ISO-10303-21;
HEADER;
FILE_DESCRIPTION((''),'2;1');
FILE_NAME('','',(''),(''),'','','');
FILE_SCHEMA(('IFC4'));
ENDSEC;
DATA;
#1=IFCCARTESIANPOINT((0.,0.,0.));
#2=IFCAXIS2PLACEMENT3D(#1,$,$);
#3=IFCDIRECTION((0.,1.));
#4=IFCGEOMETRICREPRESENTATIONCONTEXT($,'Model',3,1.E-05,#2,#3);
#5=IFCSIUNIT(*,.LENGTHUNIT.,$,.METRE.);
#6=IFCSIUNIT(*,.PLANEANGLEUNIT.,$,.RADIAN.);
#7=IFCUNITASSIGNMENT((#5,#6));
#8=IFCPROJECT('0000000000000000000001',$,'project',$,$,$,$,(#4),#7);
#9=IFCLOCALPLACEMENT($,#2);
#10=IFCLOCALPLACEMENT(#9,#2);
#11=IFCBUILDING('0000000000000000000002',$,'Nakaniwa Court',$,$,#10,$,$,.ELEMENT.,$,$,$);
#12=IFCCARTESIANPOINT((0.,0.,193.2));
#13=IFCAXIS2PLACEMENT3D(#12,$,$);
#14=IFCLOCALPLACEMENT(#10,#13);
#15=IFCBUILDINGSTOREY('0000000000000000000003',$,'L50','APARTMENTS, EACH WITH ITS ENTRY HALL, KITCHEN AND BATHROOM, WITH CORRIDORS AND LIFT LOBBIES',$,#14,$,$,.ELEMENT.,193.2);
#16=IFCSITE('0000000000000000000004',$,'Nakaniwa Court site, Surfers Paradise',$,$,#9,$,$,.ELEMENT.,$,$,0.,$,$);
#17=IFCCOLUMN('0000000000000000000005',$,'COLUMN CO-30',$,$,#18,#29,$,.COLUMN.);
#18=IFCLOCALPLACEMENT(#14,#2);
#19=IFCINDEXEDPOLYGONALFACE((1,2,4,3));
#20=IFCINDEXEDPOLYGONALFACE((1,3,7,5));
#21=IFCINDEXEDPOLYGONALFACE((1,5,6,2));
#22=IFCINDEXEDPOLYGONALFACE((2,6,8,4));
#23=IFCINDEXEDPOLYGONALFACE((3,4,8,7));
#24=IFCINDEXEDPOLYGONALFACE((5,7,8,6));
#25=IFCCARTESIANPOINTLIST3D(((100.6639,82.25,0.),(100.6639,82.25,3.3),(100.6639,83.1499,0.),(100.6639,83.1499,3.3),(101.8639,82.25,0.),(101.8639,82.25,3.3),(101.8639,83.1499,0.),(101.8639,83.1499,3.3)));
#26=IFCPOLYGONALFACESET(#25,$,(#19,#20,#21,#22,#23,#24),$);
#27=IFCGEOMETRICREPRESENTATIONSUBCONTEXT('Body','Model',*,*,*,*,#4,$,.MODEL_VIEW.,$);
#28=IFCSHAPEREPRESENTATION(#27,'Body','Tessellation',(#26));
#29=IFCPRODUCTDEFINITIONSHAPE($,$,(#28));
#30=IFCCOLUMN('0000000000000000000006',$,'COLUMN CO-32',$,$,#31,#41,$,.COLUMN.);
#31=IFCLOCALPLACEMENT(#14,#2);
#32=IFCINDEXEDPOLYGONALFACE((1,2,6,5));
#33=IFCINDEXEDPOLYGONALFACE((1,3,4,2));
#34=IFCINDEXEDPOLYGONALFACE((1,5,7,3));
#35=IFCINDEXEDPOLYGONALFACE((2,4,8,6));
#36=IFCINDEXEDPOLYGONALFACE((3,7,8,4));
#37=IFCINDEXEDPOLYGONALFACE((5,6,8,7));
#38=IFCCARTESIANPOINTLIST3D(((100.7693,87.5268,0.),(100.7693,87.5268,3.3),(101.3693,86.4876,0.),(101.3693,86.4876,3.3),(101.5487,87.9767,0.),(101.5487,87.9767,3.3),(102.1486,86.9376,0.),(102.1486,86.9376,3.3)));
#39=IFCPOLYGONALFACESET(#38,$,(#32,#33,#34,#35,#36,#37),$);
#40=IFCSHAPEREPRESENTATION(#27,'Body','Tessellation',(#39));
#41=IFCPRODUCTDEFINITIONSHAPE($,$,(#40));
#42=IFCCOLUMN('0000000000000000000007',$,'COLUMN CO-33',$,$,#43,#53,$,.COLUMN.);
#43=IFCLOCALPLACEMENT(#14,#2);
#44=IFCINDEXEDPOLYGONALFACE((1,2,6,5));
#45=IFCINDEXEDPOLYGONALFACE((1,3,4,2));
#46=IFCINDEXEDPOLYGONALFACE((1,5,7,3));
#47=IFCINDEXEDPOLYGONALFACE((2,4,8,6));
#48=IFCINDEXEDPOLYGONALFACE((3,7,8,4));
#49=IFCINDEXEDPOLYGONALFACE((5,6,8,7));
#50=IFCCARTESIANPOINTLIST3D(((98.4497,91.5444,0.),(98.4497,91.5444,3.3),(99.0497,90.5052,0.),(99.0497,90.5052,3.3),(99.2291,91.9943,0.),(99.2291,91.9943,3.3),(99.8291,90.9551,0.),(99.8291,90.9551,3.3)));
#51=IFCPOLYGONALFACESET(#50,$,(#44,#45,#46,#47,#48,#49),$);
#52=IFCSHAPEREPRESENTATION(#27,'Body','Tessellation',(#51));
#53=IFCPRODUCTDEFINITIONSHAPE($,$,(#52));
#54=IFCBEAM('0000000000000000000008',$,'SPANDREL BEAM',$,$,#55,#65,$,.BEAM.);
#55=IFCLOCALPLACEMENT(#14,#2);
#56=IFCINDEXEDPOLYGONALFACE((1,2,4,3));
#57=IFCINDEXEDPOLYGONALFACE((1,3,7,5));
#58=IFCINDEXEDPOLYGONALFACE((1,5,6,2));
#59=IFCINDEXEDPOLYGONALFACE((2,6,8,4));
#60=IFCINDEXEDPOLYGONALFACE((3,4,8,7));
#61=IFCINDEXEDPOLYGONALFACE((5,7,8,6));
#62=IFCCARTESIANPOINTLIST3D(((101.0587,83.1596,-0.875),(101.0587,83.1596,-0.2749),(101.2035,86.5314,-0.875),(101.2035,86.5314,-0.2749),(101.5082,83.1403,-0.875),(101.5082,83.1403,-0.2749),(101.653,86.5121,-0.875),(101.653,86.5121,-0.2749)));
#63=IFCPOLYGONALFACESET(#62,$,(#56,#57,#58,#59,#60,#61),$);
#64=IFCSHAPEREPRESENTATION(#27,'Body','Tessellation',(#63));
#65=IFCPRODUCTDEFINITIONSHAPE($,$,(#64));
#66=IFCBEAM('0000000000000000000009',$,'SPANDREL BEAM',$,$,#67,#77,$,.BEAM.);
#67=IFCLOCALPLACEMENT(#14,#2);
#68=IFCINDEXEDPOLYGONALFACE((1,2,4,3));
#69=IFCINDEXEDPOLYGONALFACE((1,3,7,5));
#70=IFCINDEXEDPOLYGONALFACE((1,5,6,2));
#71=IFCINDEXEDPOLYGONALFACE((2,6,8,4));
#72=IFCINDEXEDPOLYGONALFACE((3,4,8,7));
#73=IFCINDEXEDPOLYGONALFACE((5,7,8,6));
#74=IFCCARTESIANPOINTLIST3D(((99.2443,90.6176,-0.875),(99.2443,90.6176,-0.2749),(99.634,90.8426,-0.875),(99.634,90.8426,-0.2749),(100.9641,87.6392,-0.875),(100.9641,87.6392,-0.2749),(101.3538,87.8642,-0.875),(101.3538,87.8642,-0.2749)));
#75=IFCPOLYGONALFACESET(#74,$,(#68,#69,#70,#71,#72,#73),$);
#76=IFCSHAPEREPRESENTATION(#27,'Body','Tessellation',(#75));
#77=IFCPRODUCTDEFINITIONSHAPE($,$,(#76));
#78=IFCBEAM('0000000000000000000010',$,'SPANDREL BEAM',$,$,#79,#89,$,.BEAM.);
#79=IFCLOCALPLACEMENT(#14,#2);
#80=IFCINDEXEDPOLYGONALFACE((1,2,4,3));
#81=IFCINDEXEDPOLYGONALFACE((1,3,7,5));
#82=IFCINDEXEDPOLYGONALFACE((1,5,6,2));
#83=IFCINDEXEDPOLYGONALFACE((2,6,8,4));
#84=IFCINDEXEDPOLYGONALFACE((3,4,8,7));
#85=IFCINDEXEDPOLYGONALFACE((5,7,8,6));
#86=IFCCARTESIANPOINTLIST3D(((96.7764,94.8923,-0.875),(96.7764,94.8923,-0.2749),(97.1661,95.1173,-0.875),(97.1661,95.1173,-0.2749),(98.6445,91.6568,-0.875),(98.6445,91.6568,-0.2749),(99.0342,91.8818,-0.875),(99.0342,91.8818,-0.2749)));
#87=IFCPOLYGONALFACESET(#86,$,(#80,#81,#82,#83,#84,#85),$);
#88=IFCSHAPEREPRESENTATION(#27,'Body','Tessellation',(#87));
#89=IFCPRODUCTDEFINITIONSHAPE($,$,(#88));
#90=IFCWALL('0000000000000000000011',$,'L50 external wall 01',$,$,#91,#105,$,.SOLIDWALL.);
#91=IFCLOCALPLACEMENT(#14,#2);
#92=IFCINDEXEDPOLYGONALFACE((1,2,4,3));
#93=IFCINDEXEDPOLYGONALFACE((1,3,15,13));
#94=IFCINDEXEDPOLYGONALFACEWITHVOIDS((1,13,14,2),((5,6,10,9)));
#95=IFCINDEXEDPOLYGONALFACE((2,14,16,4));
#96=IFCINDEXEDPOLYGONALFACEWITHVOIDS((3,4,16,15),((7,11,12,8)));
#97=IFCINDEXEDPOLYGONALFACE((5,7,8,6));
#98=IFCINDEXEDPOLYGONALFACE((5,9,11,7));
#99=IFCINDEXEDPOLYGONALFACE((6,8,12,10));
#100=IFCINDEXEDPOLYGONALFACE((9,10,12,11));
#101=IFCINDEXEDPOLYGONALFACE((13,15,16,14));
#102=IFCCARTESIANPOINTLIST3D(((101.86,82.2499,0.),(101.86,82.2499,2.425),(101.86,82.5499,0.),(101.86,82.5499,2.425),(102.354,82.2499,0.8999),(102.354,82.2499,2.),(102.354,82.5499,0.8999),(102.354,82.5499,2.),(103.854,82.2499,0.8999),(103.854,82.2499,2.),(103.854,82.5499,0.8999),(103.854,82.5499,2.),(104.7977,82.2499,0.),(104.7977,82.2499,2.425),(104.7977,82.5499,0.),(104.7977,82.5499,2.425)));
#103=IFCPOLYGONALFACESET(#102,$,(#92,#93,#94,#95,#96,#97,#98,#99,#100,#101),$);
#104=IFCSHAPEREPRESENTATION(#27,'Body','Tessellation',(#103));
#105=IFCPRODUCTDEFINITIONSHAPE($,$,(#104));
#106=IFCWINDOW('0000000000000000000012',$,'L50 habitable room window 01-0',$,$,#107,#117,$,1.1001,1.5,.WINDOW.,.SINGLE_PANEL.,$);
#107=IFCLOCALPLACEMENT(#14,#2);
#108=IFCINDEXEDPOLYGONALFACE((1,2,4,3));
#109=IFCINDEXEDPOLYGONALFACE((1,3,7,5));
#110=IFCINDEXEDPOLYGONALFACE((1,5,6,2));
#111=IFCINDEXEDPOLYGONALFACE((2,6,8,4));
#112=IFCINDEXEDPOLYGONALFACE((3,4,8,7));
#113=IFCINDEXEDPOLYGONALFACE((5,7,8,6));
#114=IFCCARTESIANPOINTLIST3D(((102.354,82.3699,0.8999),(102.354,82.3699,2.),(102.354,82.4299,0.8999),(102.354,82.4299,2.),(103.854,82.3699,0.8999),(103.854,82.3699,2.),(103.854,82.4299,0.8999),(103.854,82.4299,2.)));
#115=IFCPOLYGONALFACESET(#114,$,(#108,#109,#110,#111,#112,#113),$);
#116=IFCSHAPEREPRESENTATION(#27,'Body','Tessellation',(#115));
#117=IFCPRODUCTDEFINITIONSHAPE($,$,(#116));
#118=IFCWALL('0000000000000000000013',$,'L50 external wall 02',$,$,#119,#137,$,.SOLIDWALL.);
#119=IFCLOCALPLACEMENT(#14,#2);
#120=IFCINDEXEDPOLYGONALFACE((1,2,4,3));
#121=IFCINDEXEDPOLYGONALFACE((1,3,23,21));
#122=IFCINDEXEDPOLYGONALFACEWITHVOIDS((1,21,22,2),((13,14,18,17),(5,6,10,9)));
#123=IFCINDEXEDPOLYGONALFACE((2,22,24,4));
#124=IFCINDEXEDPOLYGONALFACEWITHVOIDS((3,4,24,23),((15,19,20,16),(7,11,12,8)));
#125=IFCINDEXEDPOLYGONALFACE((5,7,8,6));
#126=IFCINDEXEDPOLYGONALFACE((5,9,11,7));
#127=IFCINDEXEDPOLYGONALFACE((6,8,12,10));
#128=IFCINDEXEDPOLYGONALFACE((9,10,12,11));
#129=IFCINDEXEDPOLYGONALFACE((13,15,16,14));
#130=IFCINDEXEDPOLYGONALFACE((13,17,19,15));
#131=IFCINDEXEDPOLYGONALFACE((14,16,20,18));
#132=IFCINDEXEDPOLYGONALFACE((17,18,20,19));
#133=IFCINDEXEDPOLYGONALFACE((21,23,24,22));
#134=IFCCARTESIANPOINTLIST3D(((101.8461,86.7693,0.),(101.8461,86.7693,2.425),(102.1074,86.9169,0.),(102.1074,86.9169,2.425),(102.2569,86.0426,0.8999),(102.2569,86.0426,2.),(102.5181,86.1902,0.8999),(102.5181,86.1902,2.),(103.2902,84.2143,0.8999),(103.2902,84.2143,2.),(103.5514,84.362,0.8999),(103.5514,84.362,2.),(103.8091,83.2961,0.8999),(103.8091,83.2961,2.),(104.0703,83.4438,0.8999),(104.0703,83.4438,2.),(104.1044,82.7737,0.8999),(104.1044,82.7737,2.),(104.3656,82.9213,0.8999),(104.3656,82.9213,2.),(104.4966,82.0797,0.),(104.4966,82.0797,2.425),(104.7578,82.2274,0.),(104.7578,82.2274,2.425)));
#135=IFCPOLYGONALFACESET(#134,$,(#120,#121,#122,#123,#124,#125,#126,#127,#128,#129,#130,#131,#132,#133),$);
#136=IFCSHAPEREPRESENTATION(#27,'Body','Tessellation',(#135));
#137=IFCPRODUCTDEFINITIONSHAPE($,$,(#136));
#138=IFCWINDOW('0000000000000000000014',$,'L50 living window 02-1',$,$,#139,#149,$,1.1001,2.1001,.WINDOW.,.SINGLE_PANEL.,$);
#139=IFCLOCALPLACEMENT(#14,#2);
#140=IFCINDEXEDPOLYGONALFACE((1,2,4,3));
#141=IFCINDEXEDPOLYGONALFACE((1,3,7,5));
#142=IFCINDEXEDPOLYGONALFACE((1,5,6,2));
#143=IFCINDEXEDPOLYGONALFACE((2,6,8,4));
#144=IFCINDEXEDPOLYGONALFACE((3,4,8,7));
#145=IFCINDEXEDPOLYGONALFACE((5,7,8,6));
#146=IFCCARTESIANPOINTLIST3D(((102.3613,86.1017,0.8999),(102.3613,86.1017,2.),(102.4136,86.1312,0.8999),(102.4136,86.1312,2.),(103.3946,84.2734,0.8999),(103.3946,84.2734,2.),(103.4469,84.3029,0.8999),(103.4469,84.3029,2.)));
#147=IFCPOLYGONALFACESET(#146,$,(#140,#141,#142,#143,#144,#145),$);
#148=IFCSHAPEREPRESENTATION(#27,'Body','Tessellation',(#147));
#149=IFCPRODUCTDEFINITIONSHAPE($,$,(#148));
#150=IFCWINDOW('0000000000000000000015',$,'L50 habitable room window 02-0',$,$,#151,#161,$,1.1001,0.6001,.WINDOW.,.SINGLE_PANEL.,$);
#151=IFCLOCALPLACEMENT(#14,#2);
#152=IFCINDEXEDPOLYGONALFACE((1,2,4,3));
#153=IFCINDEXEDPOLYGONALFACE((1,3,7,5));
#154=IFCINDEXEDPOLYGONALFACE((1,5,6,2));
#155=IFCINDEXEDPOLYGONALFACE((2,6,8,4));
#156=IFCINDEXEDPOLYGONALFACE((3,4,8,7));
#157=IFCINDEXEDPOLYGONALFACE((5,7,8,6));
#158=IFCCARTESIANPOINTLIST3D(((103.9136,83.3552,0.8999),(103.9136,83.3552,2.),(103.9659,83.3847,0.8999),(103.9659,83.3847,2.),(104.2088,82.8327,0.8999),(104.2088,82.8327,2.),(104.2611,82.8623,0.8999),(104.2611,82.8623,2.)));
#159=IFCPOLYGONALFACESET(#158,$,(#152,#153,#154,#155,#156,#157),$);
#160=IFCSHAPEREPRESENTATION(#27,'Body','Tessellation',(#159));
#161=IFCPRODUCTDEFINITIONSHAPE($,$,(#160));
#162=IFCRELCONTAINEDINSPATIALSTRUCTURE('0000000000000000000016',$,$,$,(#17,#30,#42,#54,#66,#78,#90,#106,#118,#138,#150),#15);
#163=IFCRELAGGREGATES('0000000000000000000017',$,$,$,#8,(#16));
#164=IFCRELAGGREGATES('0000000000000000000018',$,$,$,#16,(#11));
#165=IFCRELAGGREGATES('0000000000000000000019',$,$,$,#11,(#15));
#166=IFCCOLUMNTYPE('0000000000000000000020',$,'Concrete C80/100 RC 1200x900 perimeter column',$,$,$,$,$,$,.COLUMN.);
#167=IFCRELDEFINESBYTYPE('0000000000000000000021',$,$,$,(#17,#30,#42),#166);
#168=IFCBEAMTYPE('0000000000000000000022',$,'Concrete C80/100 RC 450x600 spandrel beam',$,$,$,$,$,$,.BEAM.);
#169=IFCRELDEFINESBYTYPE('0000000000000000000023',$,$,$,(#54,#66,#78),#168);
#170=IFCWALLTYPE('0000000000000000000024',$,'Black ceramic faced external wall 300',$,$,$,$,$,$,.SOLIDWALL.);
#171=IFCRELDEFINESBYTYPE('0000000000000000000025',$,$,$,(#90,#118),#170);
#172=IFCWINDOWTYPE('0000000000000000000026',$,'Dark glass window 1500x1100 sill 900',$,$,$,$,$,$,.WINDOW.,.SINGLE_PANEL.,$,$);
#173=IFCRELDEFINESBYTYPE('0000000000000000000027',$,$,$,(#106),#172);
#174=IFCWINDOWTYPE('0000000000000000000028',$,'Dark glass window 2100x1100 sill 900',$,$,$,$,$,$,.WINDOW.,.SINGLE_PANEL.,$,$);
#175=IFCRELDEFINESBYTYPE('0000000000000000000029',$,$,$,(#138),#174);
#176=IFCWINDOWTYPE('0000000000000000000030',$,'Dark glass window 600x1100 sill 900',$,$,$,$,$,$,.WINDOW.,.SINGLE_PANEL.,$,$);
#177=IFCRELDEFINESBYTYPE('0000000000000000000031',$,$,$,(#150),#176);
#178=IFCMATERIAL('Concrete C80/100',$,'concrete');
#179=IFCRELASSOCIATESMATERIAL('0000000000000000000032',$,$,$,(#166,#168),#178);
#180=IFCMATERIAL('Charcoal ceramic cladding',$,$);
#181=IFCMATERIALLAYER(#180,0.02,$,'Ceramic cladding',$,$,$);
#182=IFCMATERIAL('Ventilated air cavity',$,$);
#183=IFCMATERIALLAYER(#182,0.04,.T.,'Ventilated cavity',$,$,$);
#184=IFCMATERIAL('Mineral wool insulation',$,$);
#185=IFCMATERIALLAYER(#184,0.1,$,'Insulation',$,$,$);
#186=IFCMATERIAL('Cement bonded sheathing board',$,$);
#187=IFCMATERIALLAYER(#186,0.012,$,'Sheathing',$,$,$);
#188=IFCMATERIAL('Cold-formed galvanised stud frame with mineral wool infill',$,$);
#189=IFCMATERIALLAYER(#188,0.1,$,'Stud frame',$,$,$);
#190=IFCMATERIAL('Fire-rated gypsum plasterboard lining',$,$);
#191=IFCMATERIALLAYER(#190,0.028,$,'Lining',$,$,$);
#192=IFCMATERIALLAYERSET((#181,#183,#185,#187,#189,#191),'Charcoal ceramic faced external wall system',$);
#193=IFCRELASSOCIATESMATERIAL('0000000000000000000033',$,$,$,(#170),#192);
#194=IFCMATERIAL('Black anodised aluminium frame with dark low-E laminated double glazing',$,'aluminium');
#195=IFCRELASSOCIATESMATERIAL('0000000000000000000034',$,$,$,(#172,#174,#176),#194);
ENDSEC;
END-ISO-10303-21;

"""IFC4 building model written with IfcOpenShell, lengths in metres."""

from ifc_helpers import new_model, si_unit, direction, frame, frame_2d, origin, origin_2d, place, context, subcontext, project, spatial, rectangle, extrude, material, layer, layer_set, material_profile, profile_set, type_object, element, fill, save


model = new_model("IFC4")

# Units and contexts
model_context = context("Model", 3, precision=1e-05, world=origin(), true_north=direction((0.0, 1.0)))
body_context = subcontext(model_context, "Body", "Model", "MODEL_VIEW")
ifc_project = project(units=[si_unit("LENGTHUNIT", "METRE"), si_unit("PLANEANGLEUNIT", "RADIAN")], contexts=[model_context])

# Site, building, storey
site_placement = place(None, origin())
site = spatial("IfcSite", under=ifc_project, at=site_placement, Name="Nakaniwa Court site, Surfers Paradise", CompositionType="ELEMENT", RefElevation=0.0)
building_placement = place(site_placement, origin())
building = spatial("IfcBuilding", under=site, at=building_placement, Name="Nakaniwa Court", CompositionType="ELEMENT")
storey_placement = place(building_placement, frame((0.0, 0.0, 193.2)))
storey = spatial("IfcBuildingStorey", under=building, at=storey_placement, Name="L50", Description="APARTMENTS, EACH WITH ITS ENTRY HALL, KITCHEN AND BATHROOM, WITH CORRIDORS AND LIFT LOBBIES", CompositionType="ELEMENT", Elevation=193.2)

# Columns
ifc_material_1 = material(Name="Concrete C80/100", Category="concrete")
ifc_material_profile_1 = material_profile(ifc_material_1, rectangle(XDim=1.2, YDim=0.8999, at=origin_2d()), Name="Concrete C80/100 RC 1200x900 perimeter column")
ifc_profile_set_1 = profile_set([ifc_material_profile_1], Name="Concrete C80/100")
column_type = type_object("IfcColumnType", Name="Concrete C80/100 RC 1200x900 perimeter column", PredefinedType="COLUMN", material=ifc_profile_set_1)
for number, where, z_axis, x_axis, name in (
    (1, (101.2639, 82.7, 0.0), (0.0, 0.0, 1.0), (1.0, 0.0, 0.0), "COLUMN CO-30"),
    (2, (101.459, 87.2322, 0.0), (0.0, 0.0, 1.0), (-0.5, 0.866025, 0.0), "COLUMN CO-32"),
    (3, (99.1394, 91.2498, 0.0), (0.0, 0.0, 1.0), (-0.5, 0.866025, 0.0), "COLUMN CO-33"),
):
    element("IfcColumn", number, at=place(storey_placement, frame(where, z_axis=z_axis, x_axis=x_axis)), inside=storey, type_object=column_type, Name=name, PredefinedType="COLUMN", context=body_context, shape_type="SweptSolid", body=[
        extrude(rectangle(XDim=1.2, YDim=0.8999, at=origin_2d()), origin(), (0.0, 0.0, 1.0), 3.3),
    ])

# Beams
ifc_material_profile_2 = material_profile(ifc_material_1, rectangle(XDim=0.45, YDim=0.6001, at=origin_2d()), Name="Concrete C80/100 RC 450x600 spandrel beam")
ifc_profile_set_2 = profile_set([ifc_material_profile_2], Name="Concrete C80/100")
beam_type = type_object("IfcBeamType", Name="Concrete C80/100 RC 450x600 spandrel beam", PredefinedType="BEAM", material=ifc_profile_set_2)
beam_1_placement = place(storey_placement, frame((101.2834, 83.1499, -0.575), z_axis=(0.042897, 0.999079, 0.0), x_axis=(-0.999079, 0.042897, 0.0)))
element("IfcBeam", 4, at=beam_1_placement, inside=storey, type_object=beam_type, Name="SPANDREL BEAM", PredefinedType="BEAM", context=body_context, shape_type="SweptSolid", body=[
    extrude(rectangle(XDim=0.45, YDim=0.6001, at=origin_2d()), origin(), (0.0, 0.0, 1.0), 3.375),
])
beam_2_placement = place(storey_placement, frame((101.1589, 87.7517, -0.575), z_axis=(-0.500048, 0.865998, 0.0), x_axis=(-0.865998, -0.500048, 0.0)))
element("IfcBeam", 5, at=beam_2_placement, inside=storey, type_object=beam_type, Name="SPANDREL BEAM", PredefinedType="BEAM", context=body_context, shape_type="SweptSolid", body=[
    extrude(rectangle(XDim=0.45, YDim=0.6001, at=origin_2d()), origin(), (0.0, 0.0, 1.0), 3.4392),
])
beam_3_placement = place(storey_placement, frame((98.8394, 91.7693, -0.575), z_axis=(-0.500018, 0.866015, 0.0), x_axis=(-0.866015, -0.500018, 0.0)))
element("IfcBeam", 6, at=beam_3_placement, inside=storey, type_object=beam_type, Name="SPANDREL BEAM", PredefinedType="BEAM", context=body_context, shape_type="SweptSolid", body=[
    extrude(rectangle(XDim=0.45, YDim=0.6001, at=origin_2d()), origin(), (0.0, 0.0, 1.0), 3.7361),
])

# Wall, opening, window
ifc_material_2 = material(Name="Charcoal ceramic cladding")
ifc_layer_1 = layer(ifc_material_2, 0.02, Name="Ceramic cladding")
ifc_material_3 = material(Name="Ventilated air cavity")
ifc_layer_2 = layer(ifc_material_3, 0.04, ventilated=True, Name="Ventilated cavity")
ifc_material_4 = material(Name="Mineral wool insulation")
ifc_layer_3 = layer(ifc_material_4, 0.1, Name="Insulation")
ifc_material_5 = material(Name="Cement bonded sheathing board")
ifc_layer_4 = layer(ifc_material_5, 0.012, Name="Sheathing")
ifc_material_6 = material(Name="Cold-formed galvanised stud frame with mineral wool infill")
ifc_layer_5 = layer(ifc_material_6, 0.1, Name="Stud frame")
ifc_material_7 = material(Name="Fire-rated gypsum plasterboard lining")
ifc_layer_6 = layer(ifc_material_7, 0.028, Name="Lining")
ifc_layer_set = layer_set([ifc_layer_1, ifc_layer_2, ifc_layer_3, ifc_layer_4, ifc_layer_5, ifc_layer_6], Name="Charcoal ceramic faced external wall system")
wall_type = type_object("IfcWallType", Name="Black ceramic faced external wall 300", PredefinedType="SOLIDWALL", material=ifc_layer_set)
wall_1_placement = place(storey_placement, frame((101.8601, 82.3999, 0.0), z_axis=(0.0, 0.0, 1.0), x_axis=(1.0, 0.0, 0.0)))
wall_1 = element("IfcWall", 7, at=wall_1_placement, inside=storey, type_object=wall_type, Name="L50 external wall 01", PredefinedType="SOLIDWALL", context=body_context, shape_type="SweptSolid", body=[
    extrude(rectangle(XDim=2.9377, YDim=0.3, at=frame_2d((1.4688, 0.0))), origin(), (0.0, 0.0, 1.0), 2.425),
])
opening_1_placement = place(wall_1_placement, frame((0.4939, 0.0, 0.8999)))
opening_1 = element("IfcOpeningElement", 8, at=opening_1_placement, cuts=wall_1, PredefinedType="OPENING", context=body_context, shape_type="SweptSolid", body=[
    extrude(rectangle(XDim=1.5, YDim=1.1001, at=frame_2d((0.75, 0.55))), frame((0.0, 0.1599, 0.0), z_axis=(0.0, -1.0, 0.0), x_axis=(1.0, 0.0, 0.0)), (0.0, 0.0, 1.0), 0.3201),
])
ifc_material_8 = material(Name="Black anodised aluminium frame with dark low-E laminated double glazing", Category="aluminium")
window_type_1 = type_object("IfcWindowType", Name="Dark glass window 1500x1100 sill 900", PartitioningType="SINGLE_PANEL", PredefinedType="WINDOW", material=ifc_material_8)
window_1_placement = place(opening_1_placement, origin())
window_1 = element("IfcWindow", 9, at=window_1_placement, inside=storey, type_object=window_type_1, Name="L50 habitable room window 01-0", OverallHeight=1.1001, OverallWidth=1.5, PartitioningType="SINGLE_PANEL", PredefinedType="WINDOW", context=body_context, shape_type="SweptSolid", body=[
    extrude(rectangle(XDim=1.5, YDim=1.1001, at=frame_2d((0.75, 0.55))), frame((0.0, 0.03, 0.0), z_axis=(0.0, -1.0, 0.0), x_axis=(1.0, 0.0, 0.0)), (0.0, 0.0, 1.0), 0.0601),
])
fill(opening_1, window_1)

# Wall, openings, windows
wall_2_placement = place(storey_placement, frame((104.6272, 82.1536, 0.0), z_axis=(0.0, 0.0, 1.0), x_axis=(-0.492033, 0.870576, 0.0)))
wall_2 = element("IfcWall", 10, at=wall_2_placement, inside=storey, type_object=wall_type, Name="L50 external wall 02", PredefinedType="SOLIDWALL", context=body_context, shape_type="SweptSolid", body=[
    extrude(rectangle(XDim=5.3867, YDim=0.3, at=frame_2d((2.6934, 0.0))), origin(), (0.0, 0.0, 1.0), 2.425),
])
opening_2_placement = place(wall_2_placement, frame((0.7971, 0.0, 0.8999)))
opening_2 = element("IfcOpeningElement", 11, at=opening_2_placement, cuts=wall_2, PredefinedType="OPENING", context=body_context, shape_type="SweptSolid", body=[
    extrude(rectangle(XDim=0.6001, YDim=1.1001, at=frame_2d((0.3, 0.55))), frame((0.0, 0.1599, 0.0), z_axis=(0.0, -1.0, 0.0), x_axis=(1.0, 0.0, 0.0)), (0.0, 0.0, 1.0), 0.3201),
])
opening_3_placement = place(wall_2_placement, frame((2.4519, 0.0, 0.8999)))
opening_3 = element("IfcOpeningElement", 12, at=opening_3_placement, cuts=wall_2, PredefinedType="OPENING", context=body_context, shape_type="SweptSolid", body=[
    extrude(rectangle(XDim=2.1001, YDim=1.1001, at=frame_2d((1.05, 0.55))), frame((0.0, 0.1599, 0.0), z_axis=(0.0, -1.0, 0.0), x_axis=(1.0, 0.0, 0.0)), (0.0, 0.0, 1.0), 0.3201),
])
window_type_2 = type_object("IfcWindowType", Name="Dark glass window 2100x1100 sill 900", PartitioningType="SINGLE_PANEL", PredefinedType="WINDOW", material=ifc_material_8)
window_2_placement = place(opening_3_placement, origin())
window_2 = element("IfcWindow", 13, at=window_2_placement, inside=storey, type_object=window_type_2, Name="L50 living window 02-1", OverallHeight=1.1001, OverallWidth=2.1001, PartitioningType="SINGLE_PANEL", PredefinedType="WINDOW", context=body_context, shape_type="SweptSolid", body=[
    extrude(rectangle(XDim=2.1001, YDim=1.1001, at=frame_2d((1.05, 0.55))), frame((0.0, 0.03, 0.0), z_axis=(0.0, -1.0, 0.0), x_axis=(1.0, 0.0, 0.0)), (0.0, 0.0, 1.0), 0.0601),
])
fill(opening_3, window_2)
window_type_3 = type_object("IfcWindowType", Name="Dark glass window 600x1100 sill 900", PartitioningType="SINGLE_PANEL", PredefinedType="WINDOW", material=ifc_material_8)
window_3_placement = place(opening_2_placement, origin())
window_3 = element("IfcWindow", 14, at=window_3_placement, inside=storey, type_object=window_type_3, Name="L50 habitable room window 02-0", OverallHeight=1.1001, OverallWidth=0.6001, PartitioningType="SINGLE_PANEL", PredefinedType="WINDOW", context=body_context, shape_type="SweptSolid", body=[
    extrude(rectangle(XDim=0.6001, YDim=1.1001, at=frame_2d((0.3, 0.55))), frame((0.0, 0.03, 0.0), z_axis=(0.0, -1.0, 0.0), x_axis=(1.0, 0.0, 0.0)), (0.0, 0.0, 1.0), 0.0601),
])
fill(opening_2, window_3)

save(model, "model.ifc")
